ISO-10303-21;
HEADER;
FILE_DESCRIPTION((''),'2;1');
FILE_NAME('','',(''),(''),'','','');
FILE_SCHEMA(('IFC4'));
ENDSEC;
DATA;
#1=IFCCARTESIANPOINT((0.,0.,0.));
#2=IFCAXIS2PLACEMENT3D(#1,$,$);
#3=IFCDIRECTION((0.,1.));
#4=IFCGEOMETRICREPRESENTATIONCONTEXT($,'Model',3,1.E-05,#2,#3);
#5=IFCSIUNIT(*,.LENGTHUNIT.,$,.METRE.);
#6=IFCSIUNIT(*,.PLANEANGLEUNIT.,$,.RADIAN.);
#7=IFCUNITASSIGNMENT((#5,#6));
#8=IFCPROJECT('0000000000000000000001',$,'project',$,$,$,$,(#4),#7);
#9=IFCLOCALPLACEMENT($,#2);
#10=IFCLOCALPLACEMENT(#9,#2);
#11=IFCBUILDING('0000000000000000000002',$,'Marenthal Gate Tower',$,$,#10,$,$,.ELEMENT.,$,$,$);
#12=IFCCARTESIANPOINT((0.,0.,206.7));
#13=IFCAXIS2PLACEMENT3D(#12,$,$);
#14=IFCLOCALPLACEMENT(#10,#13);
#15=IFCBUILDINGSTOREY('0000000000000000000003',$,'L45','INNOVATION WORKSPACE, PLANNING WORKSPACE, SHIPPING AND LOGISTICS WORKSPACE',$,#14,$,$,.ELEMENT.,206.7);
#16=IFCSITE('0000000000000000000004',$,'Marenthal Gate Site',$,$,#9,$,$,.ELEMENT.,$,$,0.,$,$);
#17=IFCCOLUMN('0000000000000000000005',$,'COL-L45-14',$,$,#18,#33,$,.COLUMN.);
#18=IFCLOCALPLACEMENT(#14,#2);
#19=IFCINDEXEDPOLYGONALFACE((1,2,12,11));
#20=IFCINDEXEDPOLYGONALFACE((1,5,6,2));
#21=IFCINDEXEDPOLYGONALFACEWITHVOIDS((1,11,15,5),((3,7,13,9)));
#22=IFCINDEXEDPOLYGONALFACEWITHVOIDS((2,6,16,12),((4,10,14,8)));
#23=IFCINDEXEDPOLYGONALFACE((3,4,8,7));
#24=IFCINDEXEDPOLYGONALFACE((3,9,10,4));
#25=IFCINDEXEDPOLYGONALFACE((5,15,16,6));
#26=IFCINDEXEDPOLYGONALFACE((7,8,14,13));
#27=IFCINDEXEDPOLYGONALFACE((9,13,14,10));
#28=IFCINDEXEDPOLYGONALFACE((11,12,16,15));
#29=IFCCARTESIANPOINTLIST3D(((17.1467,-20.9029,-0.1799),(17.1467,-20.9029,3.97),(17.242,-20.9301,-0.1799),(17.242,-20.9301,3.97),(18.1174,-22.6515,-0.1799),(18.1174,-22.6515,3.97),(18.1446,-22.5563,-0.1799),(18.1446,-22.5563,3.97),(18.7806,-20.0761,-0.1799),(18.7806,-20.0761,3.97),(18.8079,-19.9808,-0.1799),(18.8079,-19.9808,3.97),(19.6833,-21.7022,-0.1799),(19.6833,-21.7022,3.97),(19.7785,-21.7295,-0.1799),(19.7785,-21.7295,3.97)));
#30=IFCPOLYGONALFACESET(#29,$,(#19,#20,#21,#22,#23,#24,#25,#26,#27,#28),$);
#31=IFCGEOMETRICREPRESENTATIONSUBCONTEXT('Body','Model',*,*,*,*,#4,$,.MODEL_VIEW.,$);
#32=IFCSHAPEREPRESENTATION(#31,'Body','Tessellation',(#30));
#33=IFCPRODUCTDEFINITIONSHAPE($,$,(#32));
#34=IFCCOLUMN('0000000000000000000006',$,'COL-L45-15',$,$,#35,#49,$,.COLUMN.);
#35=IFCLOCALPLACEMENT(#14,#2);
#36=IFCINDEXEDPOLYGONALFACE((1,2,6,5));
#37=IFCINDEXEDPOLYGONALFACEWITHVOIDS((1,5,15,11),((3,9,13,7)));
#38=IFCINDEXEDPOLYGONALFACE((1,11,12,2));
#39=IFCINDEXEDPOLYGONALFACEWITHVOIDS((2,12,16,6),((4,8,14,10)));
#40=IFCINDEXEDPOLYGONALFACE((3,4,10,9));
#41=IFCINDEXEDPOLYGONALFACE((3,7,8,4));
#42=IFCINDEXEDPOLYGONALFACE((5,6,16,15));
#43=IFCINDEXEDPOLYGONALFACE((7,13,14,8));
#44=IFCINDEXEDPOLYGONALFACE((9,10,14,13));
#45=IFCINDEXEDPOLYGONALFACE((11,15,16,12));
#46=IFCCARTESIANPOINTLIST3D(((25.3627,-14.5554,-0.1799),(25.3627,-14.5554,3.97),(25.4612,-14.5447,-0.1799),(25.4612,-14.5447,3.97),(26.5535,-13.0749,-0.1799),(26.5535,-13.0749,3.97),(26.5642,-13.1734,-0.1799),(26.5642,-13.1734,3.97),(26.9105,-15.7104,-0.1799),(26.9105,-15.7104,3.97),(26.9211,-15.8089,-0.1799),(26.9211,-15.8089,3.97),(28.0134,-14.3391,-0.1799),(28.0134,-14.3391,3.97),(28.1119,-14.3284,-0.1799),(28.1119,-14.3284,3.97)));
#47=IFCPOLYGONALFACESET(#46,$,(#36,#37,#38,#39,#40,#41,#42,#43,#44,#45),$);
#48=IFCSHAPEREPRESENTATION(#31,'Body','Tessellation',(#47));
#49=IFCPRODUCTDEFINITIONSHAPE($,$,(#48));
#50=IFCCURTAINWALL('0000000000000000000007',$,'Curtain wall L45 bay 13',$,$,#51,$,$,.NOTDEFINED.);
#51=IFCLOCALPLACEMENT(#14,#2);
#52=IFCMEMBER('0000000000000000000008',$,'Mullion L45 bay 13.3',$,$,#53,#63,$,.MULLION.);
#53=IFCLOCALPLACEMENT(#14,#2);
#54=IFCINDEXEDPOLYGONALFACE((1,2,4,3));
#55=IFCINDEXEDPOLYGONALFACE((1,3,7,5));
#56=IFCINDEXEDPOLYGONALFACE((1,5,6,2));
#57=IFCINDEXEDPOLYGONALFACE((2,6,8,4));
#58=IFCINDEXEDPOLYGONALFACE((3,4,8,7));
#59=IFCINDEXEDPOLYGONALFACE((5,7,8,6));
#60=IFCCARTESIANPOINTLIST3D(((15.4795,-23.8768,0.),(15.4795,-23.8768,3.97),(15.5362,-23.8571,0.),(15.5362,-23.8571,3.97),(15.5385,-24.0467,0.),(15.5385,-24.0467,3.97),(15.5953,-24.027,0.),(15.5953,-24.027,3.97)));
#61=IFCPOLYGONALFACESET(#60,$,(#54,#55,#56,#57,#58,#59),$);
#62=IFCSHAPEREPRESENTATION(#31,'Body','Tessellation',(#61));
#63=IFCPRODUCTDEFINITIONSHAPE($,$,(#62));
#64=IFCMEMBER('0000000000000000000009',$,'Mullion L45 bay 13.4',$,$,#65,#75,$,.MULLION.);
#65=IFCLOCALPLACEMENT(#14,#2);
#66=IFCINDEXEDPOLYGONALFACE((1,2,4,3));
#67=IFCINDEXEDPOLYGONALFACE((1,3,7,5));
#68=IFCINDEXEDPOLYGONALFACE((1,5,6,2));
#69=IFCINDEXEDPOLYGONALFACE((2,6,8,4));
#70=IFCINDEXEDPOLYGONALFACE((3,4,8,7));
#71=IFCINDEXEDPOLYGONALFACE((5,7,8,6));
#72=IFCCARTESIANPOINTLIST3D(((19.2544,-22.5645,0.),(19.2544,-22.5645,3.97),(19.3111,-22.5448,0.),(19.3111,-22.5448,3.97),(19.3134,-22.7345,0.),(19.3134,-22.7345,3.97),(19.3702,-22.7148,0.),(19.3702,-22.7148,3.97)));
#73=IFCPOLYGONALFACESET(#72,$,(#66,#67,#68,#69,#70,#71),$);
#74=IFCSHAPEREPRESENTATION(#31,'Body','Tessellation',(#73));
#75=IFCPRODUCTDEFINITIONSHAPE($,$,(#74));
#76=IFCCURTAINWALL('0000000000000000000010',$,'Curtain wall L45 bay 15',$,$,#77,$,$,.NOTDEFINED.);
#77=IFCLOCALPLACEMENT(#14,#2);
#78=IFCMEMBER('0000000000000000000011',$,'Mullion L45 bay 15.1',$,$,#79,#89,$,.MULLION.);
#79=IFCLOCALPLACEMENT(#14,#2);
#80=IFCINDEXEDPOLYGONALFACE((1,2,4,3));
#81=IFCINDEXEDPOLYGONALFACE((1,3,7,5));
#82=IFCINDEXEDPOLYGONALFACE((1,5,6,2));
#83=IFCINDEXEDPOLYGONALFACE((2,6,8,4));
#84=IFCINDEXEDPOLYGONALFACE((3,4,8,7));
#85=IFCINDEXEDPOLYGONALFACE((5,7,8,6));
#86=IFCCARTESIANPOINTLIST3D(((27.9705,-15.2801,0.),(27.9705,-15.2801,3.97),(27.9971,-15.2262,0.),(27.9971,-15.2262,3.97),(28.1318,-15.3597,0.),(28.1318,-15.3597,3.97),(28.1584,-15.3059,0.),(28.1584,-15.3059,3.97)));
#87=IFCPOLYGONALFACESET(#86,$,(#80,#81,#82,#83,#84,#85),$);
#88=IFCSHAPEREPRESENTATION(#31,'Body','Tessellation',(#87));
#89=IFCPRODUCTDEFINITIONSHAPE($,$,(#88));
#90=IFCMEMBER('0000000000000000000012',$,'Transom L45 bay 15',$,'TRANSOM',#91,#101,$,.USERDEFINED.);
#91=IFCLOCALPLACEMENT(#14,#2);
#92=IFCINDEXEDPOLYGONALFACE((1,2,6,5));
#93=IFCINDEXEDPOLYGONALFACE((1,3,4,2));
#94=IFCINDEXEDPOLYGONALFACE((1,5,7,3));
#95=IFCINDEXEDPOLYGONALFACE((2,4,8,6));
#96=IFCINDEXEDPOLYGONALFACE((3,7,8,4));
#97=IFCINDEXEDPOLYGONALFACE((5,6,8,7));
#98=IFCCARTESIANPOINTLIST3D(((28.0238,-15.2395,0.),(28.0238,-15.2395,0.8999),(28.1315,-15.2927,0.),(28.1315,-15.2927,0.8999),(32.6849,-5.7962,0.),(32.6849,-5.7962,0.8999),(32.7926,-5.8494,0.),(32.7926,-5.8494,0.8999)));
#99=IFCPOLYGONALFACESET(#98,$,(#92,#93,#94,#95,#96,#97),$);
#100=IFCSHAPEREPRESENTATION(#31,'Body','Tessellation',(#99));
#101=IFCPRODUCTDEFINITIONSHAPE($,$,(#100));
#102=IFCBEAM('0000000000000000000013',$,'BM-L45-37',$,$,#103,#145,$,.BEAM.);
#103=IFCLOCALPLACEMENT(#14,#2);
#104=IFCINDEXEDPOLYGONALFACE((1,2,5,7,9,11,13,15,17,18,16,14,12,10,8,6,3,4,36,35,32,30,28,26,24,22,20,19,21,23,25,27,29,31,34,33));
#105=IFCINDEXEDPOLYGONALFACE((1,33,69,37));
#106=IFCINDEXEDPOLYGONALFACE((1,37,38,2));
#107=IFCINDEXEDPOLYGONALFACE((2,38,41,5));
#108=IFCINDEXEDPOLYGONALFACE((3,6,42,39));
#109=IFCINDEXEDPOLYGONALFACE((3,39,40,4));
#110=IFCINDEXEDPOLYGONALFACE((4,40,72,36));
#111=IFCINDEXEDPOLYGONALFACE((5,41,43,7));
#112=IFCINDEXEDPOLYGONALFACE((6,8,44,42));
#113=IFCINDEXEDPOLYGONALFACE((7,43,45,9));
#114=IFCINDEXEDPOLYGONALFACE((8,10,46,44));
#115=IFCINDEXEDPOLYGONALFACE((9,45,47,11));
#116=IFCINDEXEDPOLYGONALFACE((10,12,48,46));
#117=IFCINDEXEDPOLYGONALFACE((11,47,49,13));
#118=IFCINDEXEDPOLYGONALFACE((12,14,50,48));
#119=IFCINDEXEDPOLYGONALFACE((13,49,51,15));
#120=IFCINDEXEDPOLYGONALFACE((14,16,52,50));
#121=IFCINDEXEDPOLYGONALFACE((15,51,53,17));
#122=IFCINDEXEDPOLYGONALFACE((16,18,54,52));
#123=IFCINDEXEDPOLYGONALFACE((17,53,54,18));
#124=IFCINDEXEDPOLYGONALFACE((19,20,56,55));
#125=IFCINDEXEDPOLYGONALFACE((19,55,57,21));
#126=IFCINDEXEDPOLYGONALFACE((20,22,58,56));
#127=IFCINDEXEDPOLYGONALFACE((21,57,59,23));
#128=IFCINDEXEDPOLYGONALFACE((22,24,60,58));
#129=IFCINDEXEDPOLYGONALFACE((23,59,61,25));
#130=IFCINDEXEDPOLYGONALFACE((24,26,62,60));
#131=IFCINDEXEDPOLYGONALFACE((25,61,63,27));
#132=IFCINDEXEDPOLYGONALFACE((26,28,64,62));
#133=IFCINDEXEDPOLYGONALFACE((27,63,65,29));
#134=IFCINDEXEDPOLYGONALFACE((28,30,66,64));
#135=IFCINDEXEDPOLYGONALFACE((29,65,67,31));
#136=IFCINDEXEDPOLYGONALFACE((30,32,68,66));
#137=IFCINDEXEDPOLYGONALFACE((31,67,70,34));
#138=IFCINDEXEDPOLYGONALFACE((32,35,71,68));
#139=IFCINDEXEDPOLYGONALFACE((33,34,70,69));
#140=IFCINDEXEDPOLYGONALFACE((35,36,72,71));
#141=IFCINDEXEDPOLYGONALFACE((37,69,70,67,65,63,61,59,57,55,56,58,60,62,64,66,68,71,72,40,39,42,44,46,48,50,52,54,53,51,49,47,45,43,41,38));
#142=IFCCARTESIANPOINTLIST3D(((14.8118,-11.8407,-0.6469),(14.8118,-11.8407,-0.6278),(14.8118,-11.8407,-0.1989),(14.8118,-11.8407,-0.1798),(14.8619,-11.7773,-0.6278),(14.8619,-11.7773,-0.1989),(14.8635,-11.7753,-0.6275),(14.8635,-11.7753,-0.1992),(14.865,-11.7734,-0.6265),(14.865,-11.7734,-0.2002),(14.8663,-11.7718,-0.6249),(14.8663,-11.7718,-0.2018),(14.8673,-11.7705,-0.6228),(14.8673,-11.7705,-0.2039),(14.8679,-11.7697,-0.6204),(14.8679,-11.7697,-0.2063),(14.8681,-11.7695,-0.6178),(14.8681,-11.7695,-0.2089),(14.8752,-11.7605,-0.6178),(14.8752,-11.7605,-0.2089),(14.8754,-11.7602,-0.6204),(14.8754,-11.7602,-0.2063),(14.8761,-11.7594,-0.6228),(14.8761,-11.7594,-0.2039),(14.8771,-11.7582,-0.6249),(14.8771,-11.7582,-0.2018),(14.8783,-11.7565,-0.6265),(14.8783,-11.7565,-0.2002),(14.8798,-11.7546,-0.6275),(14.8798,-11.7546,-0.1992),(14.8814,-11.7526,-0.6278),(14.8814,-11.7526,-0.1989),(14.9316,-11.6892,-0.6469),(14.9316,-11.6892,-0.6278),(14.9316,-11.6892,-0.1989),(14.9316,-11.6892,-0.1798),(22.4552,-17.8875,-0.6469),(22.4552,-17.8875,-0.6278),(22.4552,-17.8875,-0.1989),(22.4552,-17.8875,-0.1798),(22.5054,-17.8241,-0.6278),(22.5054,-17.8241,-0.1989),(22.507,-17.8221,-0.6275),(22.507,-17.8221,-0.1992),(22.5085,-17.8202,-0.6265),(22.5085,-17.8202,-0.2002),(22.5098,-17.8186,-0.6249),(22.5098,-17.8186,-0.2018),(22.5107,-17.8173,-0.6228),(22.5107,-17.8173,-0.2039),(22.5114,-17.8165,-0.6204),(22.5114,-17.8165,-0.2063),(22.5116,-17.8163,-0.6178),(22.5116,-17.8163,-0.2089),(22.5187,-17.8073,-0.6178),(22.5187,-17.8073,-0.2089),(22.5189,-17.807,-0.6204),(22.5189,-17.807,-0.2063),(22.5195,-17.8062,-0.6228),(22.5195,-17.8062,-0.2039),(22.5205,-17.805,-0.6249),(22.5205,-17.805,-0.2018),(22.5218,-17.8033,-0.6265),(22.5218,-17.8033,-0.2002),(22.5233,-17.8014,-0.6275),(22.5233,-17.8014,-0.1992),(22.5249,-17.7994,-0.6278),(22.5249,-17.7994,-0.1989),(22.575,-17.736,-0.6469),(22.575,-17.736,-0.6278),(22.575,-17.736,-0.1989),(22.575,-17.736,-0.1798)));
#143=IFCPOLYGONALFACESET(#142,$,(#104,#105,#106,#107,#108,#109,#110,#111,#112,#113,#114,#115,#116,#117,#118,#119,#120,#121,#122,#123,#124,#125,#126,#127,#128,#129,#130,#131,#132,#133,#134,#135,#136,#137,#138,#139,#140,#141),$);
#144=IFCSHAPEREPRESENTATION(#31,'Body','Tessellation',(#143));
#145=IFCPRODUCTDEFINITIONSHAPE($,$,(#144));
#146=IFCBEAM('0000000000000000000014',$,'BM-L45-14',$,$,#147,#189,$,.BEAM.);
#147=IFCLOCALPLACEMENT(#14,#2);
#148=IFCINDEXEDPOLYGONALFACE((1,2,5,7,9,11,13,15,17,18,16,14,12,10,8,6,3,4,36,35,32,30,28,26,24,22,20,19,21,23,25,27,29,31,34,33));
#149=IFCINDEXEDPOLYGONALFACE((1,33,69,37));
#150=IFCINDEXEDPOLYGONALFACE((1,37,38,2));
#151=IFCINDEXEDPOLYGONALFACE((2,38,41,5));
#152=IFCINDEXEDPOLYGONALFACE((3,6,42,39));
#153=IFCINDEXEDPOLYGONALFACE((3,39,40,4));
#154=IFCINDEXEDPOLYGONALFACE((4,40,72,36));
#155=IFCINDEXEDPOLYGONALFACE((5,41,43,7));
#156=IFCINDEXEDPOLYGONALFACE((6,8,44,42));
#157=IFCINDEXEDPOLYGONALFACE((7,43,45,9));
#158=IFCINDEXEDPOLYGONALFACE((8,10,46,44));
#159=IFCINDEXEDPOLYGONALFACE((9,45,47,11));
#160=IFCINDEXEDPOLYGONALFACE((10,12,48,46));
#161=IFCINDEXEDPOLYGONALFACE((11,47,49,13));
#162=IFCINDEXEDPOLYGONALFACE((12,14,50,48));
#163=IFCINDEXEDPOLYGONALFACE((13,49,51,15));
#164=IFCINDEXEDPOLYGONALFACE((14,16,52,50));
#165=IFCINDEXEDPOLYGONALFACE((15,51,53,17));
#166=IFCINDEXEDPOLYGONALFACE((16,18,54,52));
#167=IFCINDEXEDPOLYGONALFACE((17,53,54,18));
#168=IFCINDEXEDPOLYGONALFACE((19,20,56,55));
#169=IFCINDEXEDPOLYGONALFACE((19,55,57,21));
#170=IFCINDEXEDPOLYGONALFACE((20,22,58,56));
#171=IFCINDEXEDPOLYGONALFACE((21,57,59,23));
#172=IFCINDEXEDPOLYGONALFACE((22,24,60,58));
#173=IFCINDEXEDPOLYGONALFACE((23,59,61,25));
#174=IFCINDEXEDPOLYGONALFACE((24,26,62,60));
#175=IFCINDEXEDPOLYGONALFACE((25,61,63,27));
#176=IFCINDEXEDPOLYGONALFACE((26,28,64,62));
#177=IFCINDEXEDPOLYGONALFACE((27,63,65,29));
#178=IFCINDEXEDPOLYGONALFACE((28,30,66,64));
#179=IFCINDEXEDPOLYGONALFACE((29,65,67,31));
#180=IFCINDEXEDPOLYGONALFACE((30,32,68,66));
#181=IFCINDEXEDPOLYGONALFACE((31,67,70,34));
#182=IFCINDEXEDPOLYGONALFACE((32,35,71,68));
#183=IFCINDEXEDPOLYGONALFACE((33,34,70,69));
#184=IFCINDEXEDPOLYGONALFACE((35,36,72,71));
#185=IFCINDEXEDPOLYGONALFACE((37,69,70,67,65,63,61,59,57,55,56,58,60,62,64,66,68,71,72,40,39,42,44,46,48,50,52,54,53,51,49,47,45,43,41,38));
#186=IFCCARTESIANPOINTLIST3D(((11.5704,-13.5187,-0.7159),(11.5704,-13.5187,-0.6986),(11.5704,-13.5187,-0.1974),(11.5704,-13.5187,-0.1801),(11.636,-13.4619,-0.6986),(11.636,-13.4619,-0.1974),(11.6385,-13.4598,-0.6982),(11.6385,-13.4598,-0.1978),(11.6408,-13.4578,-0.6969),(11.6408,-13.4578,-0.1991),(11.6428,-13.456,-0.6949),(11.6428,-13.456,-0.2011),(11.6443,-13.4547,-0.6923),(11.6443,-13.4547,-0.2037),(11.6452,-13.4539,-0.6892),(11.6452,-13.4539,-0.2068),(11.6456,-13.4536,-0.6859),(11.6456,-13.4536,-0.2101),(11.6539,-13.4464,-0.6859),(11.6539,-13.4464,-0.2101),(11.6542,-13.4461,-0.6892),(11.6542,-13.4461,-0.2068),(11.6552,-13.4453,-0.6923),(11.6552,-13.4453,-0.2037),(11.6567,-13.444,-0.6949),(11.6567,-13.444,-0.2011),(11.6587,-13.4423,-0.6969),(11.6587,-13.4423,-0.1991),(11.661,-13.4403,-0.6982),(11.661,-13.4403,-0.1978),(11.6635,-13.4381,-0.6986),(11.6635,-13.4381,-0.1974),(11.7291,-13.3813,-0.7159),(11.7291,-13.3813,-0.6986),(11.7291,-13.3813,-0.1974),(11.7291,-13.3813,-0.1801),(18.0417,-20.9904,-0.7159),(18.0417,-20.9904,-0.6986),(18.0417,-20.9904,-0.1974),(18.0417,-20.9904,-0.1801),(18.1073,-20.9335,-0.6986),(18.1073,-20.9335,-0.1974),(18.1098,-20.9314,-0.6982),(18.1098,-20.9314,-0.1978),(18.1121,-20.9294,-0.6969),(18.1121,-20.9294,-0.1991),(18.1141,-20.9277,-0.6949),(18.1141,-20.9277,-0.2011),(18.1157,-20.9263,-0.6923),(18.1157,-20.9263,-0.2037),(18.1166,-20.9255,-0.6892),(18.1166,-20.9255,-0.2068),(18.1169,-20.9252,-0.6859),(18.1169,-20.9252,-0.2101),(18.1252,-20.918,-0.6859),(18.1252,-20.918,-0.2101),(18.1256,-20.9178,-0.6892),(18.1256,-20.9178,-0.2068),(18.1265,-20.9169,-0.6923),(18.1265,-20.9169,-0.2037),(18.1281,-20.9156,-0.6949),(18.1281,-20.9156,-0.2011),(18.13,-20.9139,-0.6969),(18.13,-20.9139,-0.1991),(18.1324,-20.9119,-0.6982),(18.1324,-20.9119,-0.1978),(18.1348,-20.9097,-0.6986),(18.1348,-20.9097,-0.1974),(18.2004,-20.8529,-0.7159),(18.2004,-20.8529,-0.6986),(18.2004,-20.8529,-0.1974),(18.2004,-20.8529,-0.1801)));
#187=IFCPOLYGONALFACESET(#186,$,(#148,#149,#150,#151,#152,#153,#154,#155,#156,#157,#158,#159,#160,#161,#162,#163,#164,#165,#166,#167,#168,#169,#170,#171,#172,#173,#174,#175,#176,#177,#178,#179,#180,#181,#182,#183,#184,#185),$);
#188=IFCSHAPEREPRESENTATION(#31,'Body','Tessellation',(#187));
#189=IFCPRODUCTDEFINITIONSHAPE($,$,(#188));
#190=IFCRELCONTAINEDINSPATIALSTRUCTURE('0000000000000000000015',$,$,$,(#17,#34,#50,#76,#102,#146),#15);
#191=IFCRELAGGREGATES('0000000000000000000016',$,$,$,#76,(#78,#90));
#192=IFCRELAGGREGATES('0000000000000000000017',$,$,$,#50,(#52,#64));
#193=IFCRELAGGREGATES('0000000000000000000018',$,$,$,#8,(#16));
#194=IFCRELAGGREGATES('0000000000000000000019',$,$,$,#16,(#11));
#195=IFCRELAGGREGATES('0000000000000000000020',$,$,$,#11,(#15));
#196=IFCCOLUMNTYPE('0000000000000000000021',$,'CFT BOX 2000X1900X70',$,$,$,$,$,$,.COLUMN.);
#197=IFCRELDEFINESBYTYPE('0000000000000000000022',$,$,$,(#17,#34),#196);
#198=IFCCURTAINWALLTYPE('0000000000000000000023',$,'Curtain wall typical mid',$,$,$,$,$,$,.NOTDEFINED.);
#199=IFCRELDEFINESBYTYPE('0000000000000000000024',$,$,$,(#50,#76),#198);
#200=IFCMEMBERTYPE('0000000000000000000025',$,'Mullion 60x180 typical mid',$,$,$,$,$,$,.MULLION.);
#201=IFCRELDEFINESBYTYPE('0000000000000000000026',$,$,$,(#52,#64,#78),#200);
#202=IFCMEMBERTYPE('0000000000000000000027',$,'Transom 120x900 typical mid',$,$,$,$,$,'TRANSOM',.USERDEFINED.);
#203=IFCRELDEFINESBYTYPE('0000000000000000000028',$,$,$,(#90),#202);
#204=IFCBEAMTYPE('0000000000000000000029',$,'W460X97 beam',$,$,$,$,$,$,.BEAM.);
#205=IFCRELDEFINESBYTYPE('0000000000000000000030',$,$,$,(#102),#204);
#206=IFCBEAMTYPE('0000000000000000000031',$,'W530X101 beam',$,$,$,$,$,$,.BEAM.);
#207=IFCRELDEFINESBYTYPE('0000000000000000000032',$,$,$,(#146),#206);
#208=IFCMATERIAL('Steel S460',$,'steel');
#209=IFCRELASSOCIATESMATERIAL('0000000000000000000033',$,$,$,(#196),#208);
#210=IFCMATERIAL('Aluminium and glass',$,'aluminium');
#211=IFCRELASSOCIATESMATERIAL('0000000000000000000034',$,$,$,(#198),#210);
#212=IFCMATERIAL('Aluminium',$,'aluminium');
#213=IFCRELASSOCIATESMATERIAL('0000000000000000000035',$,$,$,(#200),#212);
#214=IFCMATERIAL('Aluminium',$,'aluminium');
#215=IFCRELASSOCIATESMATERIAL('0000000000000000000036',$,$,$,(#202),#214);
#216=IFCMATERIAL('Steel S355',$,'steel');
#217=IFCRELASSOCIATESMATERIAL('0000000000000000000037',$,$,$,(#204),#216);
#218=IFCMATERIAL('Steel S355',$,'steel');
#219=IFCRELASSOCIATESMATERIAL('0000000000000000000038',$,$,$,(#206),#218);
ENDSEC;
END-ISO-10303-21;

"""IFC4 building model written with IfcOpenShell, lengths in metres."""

from ifc_helpers import new_model, si_unit, direction, frame, origin, origin_2d, place, context, subcontext, project, spatial, rectangle, hollow_rectangle, i_section, extrude, material, material_profile, profile_set, type_object, element, aggregate, save


model = new_model("IFC4")

# Units and contexts
model_context = context("Model", 3, precision=1e-05, world=origin(), true_north=direction((0.0, 1.0)))
body_context = subcontext(model_context, "Body", "Model", "MODEL_VIEW")
ifc_project = project(units=[si_unit("LENGTHUNIT", "METRE"), si_unit("PLANEANGLEUNIT", "RADIAN")], contexts=[model_context])

# Site, building, storey
site_placement = place(None, origin())
site = spatial("IfcSite", under=ifc_project, at=site_placement, Name="Marenthal Gate Site", CompositionType="ELEMENT", RefElevation=0.0)
building_placement = place(site_placement, origin())
building = spatial("IfcBuilding", under=site, at=building_placement, Name="Marenthal Gate Tower", CompositionType="ELEMENT")
storey_placement = place(building_placement, frame((0.0, 0.0, 206.7)))
storey = spatial("IfcBuildingStorey", under=building, at=storey_placement, Name="L45", Description="INNOVATION WORKSPACE, PLANNING WORKSPACE, SHIPPING AND LOGISTICS WORKSPACE", CompositionType="ELEMENT", Elevation=206.7)

# Columns
ifc_material_1 = material(Name="Steel S460", Category="steel")
ifc_material_profile_1 = material_profile(ifc_material_1, hollow_rectangle(XDim=1.8999, YDim=2.0, WallThickness=0.0701, at=origin_2d()), Name="CFT BOX 2000X1900X70")
ifc_material_2 = material(Name="Concrete 70 MPa", Category="concrete")
ifc_material_profile_2 = material_profile(ifc_material_2, rectangle(XDim=1.76, YDim=1.8601, at=origin_2d()), Name="CFT BOX 2000X1900X70 INFILL")
ifc_profile_set_1 = profile_set([ifc_material_profile_1, ifc_material_profile_2], Name="Steel S460 shell, Concrete 70 MPa infill")
column_type = type_object("IfcColumnType", Name="CFT BOX 2000X1900X70", PredefinedType="COLUMN", material=ifc_profile_set_1)
for number, where, z_axis, x_axis, name in (
    (1, (18.4626, -21.3162, -0.1799), (0.0, 0.0, 1.0), (-0.874337, -0.485319, 0.0), "COL-L45-14"),
    (2, (26.7373, -14.4419, -0.1799), (0.0, 0.0, 1.0), (-0.626752, -0.779219, 0.0), "COL-L45-15"),
):
    element("IfcColumn", number, at=place(storey_placement, frame(where, z_axis=z_axis, x_axis=x_axis)), inside=storey, type_object=column_type, Name=name, PredefinedType="COLUMN", context=body_context, shape_type="SweptSolid", body=[
        extrude(hollow_rectangle(XDim=1.8999, YDim=2.0, WallThickness=0.0701, at=origin_2d()), origin(), (0.0, 0.0, 1.0), 4.1499),
    ])

# Curtain walls, members
ifc_material_3 = material(Name="Aluminium and glass", Category="aluminium")
curtain_wall_type = type_object("IfcCurtainWallType", Name="Curtain wall typical mid", PredefinedType="NOTDEFINED", material=ifc_material_3)
curtain_wall_1_placement = place(storey_placement, origin())
curtain_wall_1 = element("IfcCurtainWall", 3, at=curtain_wall_1_placement, inside=storey, type_object=curtain_wall_type, Name="Curtain wall L45 bay 13", PredefinedType="NOTDEFINED")
ifc_material_4 = material(Name="Aluminium", Category="aluminium")
ifc_material_profile_3 = material_profile(ifc_material_4, rectangle(XDim=0.1799, YDim=0.0601, at=origin_2d()), Name="60x180 aluminium mullion")
ifc_profile_set_2 = profile_set([ifc_material_profile_3], Name="Aluminium")
member_type_1 = type_object("IfcMemberType", Name="Mullion 60x180 typical mid", PredefinedType="MULLION", material=ifc_profile_set_2)
member_1_placement = place(storey_placement, frame((15.5374, -23.9519, 0.0), z_axis=(0.0, 0.0, 1.0), x_axis=(-0.328332, 0.944562, 0.0)))
member_1 = element("IfcMember", 4, at=member_1_placement, type_object=member_type_1, Name="Mullion L45 bay 13.3", PredefinedType="MULLION", context=body_context, shape_type="SweptSolid", body=[
    extrude(rectangle(XDim=0.1799, YDim=0.0601, at=origin_2d()), origin(), (0.0, 0.0, 1.0), 3.97),
])
member_2_placement = place(storey_placement, frame((19.3123, -22.6396, 0.0), z_axis=(0.0, 0.0, 1.0), x_axis=(-0.328332, 0.944562, 0.0)))
member_2 = element("IfcMember", 5, at=member_2_placement, type_object=member_type_1, Name="Mullion L45 bay 13.4", PredefinedType="MULLION", context=body_context, shape_type="SweptSolid", body=[
    extrude(rectangle(XDim=0.1799, YDim=0.0601, at=origin_2d()), origin(), (0.0, 0.0, 1.0), 3.97),
])
curtain_wall_2_placement = place(storey_placement, origin())
curtain_wall_2 = element("IfcCurtainWall", 6, at=curtain_wall_2_placement, inside=storey, type_object=curtain_wall_type, Name="Curtain wall L45 bay 15", PredefinedType="NOTDEFINED")
member_3_placement = place(storey_placement, frame((28.0645, -15.293, 0.0), z_axis=(0.0, 0.0, 1.0), x_axis=(-0.896716, 0.442607, 0.0)))
member_3 = element("IfcMember", 7, at=member_3_placement, type_object=member_type_1, Name="Mullion L45 bay 15.1", PredefinedType="MULLION", context=body_context, shape_type="SweptSolid", body=[
    extrude(rectangle(XDim=0.1799, YDim=0.0601, at=origin_2d()), origin(), (0.0, 0.0, 1.0), 3.97),
])
ifc_material_5 = material(Name="Aluminium", Category="aluminium")
ifc_material_profile_4 = material_profile(ifc_material_5, rectangle(XDim=0.1201, YDim=0.8999, at=origin_2d()), Name="120x900 aluminium transom")
ifc_profile_set_3 = profile_set([ifc_material_profile_4], Name="Aluminium")
member_type_2 = type_object("IfcMemberType", Name="Transom 120x900 typical mid", ElementType="TRANSOM", PredefinedType="USERDEFINED", material=ifc_profile_set_3)
member_4_placement = place(storey_placement, frame((28.0776, -15.2661, 0.45), z_axis=(0.442608, 0.896715, 0.0), x_axis=(-0.896715, 0.442608, 0.0)))
member_4 = element("IfcMember", 8, at=member_4_placement, type_object=member_type_2, Name="Transom L45 bay 15", ObjectType="TRANSOM", PredefinedType="USERDEFINED", context=body_context, shape_type="SweptSolid", body=[
    extrude(rectangle(XDim=0.1201, YDim=0.8999, at=origin_2d()), origin(), (0.0, 0.0, 1.0), 10.531),
])
aggregate(curtain_wall_2, [member_3, member_4])

# Beams
ifc_material_6 = material(Name="Steel S355", Category="steel")
ifc_material_profile_5 = material_profile(ifc_material_6, i_section(OverallWidth=0.1931, OverallDepth=0.467, WebThickness=0.0115, FlangeThickness=0.019, FilletRadius=0.01, at=origin_2d()), Name="W460X97")
ifc_profile_set_4 = profile_set([ifc_material_profile_5], Name="Steel S355")
beam_type_1 = type_object("IfcBeamType", Name="W460X97 beam", PredefinedType="BEAM", material=ifc_profile_set_4)
beam_1_placement = place(storey_placement, frame((22.5151, -17.8118, -0.4133), z_axis=(-0.784259, 0.620433, 0.0), x_axis=(-0.620433, -0.784259, 0.0)))
element("IfcBeam", 9, at=beam_1_placement, inside=storey, type_object=beam_type_1, Name="BM-L45-37", PredefinedType="BEAM", context=body_context, shape_type="SweptSolid", body=[
    extrude(i_section(OverallWidth=0.1931, OverallDepth=0.467, WebThickness=0.0115, FlangeThickness=0.019, FilletRadius=0.01, at=origin_2d()), origin(), (0.0, 0.0, 1.0), 9.7461),
])
ifc_material_7 = material(Name="Steel S355", Category="steel")
ifc_material_profile_6 = material_profile(ifc_material_7, i_section(OverallWidth=0.21, OverallDepth=0.5359, WebThickness=0.011, FlangeThickness=0.0173, FilletRadius=0.0127, at=origin_2d()), Name="W530X101")
ifc_profile_set_5 = profile_set([ifc_material_profile_6], Name="Steel S355")
beam_type_2 = type_object("IfcBeamType", Name="W530X101 beam", PredefinedType="BEAM", material=ifc_profile_set_5)
beam_2_placement = place(storey_placement, frame((18.1211, -20.9216, -0.448), z_axis=(-0.654698, 0.75589, 0.0), x_axis=(-0.75589, -0.654698, 0.0)))
element("IfcBeam", 10, at=beam_2_placement, inside=storey, type_object=beam_type_2, Name="BM-L45-14", PredefinedType="BEAM", context=body_context, shape_type="SweptSolid", body=[
    extrude(i_section(OverallWidth=0.21, OverallDepth=0.5359, WebThickness=0.011, FlangeThickness=0.0173, FilletRadius=0.0127, at=origin_2d()), origin(), (0.0, 0.0, 1.0), 9.8845),
])

aggregate(curtain_wall_1, [member_1, member_2])

save(model, "model.ifc")
